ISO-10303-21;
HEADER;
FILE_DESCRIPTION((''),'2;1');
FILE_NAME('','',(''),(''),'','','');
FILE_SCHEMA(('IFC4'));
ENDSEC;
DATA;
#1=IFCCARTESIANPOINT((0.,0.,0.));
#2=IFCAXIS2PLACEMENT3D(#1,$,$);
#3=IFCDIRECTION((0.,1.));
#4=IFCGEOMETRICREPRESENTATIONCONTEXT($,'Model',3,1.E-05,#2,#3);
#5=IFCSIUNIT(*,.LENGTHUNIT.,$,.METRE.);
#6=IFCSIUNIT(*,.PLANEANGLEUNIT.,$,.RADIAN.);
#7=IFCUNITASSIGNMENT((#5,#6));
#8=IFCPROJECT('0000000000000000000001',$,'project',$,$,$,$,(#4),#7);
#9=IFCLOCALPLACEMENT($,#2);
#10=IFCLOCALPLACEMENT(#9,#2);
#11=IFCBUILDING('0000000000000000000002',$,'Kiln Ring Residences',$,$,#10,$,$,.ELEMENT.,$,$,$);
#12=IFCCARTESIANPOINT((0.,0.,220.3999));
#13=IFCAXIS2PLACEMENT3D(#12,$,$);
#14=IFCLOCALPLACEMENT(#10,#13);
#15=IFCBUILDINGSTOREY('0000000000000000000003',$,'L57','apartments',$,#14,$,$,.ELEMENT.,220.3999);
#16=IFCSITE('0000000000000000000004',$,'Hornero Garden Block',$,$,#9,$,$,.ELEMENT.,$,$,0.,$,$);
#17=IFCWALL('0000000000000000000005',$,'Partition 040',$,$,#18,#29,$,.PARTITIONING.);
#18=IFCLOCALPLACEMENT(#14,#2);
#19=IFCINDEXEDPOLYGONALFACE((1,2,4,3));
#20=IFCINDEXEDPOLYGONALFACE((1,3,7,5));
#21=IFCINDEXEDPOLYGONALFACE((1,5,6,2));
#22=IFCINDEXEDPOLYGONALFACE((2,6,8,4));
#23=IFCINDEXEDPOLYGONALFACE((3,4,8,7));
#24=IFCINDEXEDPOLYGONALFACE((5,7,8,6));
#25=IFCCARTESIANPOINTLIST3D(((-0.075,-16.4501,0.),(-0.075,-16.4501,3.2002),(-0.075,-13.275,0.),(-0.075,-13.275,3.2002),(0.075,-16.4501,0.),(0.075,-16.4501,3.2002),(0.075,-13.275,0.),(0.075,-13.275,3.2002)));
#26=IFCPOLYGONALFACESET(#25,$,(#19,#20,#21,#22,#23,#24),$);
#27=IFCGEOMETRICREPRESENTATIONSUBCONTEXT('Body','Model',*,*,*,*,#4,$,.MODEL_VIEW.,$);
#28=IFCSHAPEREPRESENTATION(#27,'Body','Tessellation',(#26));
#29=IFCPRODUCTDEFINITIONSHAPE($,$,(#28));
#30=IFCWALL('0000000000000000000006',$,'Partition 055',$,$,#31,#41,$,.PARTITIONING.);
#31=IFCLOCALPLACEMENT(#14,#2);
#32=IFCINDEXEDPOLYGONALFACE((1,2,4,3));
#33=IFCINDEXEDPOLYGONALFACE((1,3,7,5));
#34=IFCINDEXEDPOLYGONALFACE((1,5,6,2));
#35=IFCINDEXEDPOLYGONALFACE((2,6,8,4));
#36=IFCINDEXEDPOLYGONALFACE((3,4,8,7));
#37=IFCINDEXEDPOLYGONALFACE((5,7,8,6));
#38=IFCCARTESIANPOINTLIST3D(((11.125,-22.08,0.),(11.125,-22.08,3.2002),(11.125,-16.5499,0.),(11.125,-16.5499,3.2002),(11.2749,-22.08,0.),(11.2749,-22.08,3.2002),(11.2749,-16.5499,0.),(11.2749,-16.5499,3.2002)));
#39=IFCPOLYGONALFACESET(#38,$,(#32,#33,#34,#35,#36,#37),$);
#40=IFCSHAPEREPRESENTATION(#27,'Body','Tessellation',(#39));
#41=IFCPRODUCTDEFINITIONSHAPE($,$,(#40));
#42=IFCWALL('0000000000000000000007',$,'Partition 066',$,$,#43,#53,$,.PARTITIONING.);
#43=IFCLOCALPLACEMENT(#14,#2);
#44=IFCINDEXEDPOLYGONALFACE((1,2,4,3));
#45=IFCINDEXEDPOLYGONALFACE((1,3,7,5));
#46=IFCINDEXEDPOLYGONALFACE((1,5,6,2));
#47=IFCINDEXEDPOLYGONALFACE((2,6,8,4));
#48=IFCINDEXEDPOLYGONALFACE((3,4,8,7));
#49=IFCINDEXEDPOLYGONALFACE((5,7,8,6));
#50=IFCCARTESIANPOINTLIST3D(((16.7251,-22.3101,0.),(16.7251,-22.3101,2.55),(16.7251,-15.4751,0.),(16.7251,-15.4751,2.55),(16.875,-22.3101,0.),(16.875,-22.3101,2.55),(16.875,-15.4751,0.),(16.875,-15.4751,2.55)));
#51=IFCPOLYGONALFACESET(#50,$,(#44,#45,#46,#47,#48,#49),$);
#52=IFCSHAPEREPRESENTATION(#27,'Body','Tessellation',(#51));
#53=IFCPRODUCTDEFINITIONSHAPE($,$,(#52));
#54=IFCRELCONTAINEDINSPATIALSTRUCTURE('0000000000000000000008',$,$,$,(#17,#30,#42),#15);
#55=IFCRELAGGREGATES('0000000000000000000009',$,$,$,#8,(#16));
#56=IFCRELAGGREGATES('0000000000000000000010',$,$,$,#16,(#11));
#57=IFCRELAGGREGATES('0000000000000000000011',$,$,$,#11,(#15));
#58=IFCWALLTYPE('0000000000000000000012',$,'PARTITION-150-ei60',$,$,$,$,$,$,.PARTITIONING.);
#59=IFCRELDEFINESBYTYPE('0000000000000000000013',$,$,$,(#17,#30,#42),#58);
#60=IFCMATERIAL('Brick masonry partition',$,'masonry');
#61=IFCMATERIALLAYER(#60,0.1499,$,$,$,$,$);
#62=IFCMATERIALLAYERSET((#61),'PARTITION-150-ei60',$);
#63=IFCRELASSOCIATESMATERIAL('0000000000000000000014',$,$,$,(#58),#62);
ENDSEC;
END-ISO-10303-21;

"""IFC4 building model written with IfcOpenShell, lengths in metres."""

from ifc_helpers import new_model, si_unit, direction, frame, frame_2d, origin, place, context, subcontext, project, spatial, rectangle, extrude, material, layer, layer_set, type_object, element, save


model = new_model("IFC4")

# Units and contexts
model_context = context("Model", 3, precision=1e-05, world=origin(), true_north=direction((0.0, 1.0)))
body_context = subcontext(model_context, "Body", "Model", "MODEL_VIEW")
ifc_project = project(units=[si_unit("LENGTHUNIT", "METRE"), si_unit("PLANEANGLEUNIT", "RADIAN")], contexts=[model_context])

# Site, building, storey
site_placement = place(None, origin())
site = spatial("IfcSite", under=ifc_project, at=site_placement, Name="Hornero Garden Block", CompositionType="ELEMENT", RefElevation=0.0)
building_placement = place(site_placement, origin())
building = spatial("IfcBuilding", under=site, at=building_placement, Name="Kiln Ring Residences", CompositionType="ELEMENT")
storey_placement = place(building_placement, frame((0.0, 0.0, 220.3999)))
storey = spatial("IfcBuildingStorey", under=building, at=storey_placement, Name="L57", Description="apartments", CompositionType="ELEMENT", Elevation=220.3999)

# Walls
ifc_material_1 = material(Name="Brick masonry partition", Category="masonry")
ifc_layer_1 = layer(ifc_material_1, 0.1499)
ifc_layer_set_1 = layer_set([ifc_layer_1], Name="PARTITION-150-ei60")
wall_type_1 = type_object("IfcWallType", Name="PARTITION-150-ei60", PredefinedType="PARTITIONING", material=ifc_layer_set_1)
wall_1_placement = place(storey_placement, frame((0.0, -16.45, 0.0), z_axis=(0.0, 0.0, 1.0), x_axis=(0.0, 1.0, 0.0)))
element("IfcWall", 1, at=wall_1_placement, inside=storey, type_object=wall_type_1, Name="Partition 040", PredefinedType="PARTITIONING", context=body_context, shape_type="SweptSolid", body=[
    extrude(rectangle(XDim=3.175, YDim=0.1499, at=frame_2d((1.5874, 0.0))), origin(), (0.0, 0.0, 1.0), 3.2002),
])
wall_2_placement = place(storey_placement, frame((11.2, -22.0801, 0.0), z_axis=(0.0, 0.0, 1.0), x_axis=(0.0, 1.0, 0.0)))
element("IfcWall", 2, at=wall_2_placement, inside=storey, type_object=wall_type_1, Name="Partition 055", PredefinedType="PARTITIONING", context=body_context, shape_type="SweptSolid", body=[
    extrude(rectangle(XDim=5.53, YDim=0.1499, at=frame_2d((2.7651, 0.0))), origin(), (0.0, 0.0, 1.0), 3.2002),
])
wall_3_placement = place(storey_placement, frame((16.8, -22.3101, 0.0), z_axis=(0.0, 0.0, 1.0), x_axis=(0.0, 1.0, 0.0)))
element("IfcWall", 3, at=wall_3_placement, inside=storey, type_object=wall_type_1, Name="Partition 066", PredefinedType="PARTITIONING", context=body_context, shape_type="SweptSolid", body=[
    extrude(rectangle(XDim=6.835, YDim=0.1499, at=frame_2d((3.4175, 0.0))), origin(), (0.0, 0.0, 1.0), 2.55),
])

save(model, "model.ifc")
